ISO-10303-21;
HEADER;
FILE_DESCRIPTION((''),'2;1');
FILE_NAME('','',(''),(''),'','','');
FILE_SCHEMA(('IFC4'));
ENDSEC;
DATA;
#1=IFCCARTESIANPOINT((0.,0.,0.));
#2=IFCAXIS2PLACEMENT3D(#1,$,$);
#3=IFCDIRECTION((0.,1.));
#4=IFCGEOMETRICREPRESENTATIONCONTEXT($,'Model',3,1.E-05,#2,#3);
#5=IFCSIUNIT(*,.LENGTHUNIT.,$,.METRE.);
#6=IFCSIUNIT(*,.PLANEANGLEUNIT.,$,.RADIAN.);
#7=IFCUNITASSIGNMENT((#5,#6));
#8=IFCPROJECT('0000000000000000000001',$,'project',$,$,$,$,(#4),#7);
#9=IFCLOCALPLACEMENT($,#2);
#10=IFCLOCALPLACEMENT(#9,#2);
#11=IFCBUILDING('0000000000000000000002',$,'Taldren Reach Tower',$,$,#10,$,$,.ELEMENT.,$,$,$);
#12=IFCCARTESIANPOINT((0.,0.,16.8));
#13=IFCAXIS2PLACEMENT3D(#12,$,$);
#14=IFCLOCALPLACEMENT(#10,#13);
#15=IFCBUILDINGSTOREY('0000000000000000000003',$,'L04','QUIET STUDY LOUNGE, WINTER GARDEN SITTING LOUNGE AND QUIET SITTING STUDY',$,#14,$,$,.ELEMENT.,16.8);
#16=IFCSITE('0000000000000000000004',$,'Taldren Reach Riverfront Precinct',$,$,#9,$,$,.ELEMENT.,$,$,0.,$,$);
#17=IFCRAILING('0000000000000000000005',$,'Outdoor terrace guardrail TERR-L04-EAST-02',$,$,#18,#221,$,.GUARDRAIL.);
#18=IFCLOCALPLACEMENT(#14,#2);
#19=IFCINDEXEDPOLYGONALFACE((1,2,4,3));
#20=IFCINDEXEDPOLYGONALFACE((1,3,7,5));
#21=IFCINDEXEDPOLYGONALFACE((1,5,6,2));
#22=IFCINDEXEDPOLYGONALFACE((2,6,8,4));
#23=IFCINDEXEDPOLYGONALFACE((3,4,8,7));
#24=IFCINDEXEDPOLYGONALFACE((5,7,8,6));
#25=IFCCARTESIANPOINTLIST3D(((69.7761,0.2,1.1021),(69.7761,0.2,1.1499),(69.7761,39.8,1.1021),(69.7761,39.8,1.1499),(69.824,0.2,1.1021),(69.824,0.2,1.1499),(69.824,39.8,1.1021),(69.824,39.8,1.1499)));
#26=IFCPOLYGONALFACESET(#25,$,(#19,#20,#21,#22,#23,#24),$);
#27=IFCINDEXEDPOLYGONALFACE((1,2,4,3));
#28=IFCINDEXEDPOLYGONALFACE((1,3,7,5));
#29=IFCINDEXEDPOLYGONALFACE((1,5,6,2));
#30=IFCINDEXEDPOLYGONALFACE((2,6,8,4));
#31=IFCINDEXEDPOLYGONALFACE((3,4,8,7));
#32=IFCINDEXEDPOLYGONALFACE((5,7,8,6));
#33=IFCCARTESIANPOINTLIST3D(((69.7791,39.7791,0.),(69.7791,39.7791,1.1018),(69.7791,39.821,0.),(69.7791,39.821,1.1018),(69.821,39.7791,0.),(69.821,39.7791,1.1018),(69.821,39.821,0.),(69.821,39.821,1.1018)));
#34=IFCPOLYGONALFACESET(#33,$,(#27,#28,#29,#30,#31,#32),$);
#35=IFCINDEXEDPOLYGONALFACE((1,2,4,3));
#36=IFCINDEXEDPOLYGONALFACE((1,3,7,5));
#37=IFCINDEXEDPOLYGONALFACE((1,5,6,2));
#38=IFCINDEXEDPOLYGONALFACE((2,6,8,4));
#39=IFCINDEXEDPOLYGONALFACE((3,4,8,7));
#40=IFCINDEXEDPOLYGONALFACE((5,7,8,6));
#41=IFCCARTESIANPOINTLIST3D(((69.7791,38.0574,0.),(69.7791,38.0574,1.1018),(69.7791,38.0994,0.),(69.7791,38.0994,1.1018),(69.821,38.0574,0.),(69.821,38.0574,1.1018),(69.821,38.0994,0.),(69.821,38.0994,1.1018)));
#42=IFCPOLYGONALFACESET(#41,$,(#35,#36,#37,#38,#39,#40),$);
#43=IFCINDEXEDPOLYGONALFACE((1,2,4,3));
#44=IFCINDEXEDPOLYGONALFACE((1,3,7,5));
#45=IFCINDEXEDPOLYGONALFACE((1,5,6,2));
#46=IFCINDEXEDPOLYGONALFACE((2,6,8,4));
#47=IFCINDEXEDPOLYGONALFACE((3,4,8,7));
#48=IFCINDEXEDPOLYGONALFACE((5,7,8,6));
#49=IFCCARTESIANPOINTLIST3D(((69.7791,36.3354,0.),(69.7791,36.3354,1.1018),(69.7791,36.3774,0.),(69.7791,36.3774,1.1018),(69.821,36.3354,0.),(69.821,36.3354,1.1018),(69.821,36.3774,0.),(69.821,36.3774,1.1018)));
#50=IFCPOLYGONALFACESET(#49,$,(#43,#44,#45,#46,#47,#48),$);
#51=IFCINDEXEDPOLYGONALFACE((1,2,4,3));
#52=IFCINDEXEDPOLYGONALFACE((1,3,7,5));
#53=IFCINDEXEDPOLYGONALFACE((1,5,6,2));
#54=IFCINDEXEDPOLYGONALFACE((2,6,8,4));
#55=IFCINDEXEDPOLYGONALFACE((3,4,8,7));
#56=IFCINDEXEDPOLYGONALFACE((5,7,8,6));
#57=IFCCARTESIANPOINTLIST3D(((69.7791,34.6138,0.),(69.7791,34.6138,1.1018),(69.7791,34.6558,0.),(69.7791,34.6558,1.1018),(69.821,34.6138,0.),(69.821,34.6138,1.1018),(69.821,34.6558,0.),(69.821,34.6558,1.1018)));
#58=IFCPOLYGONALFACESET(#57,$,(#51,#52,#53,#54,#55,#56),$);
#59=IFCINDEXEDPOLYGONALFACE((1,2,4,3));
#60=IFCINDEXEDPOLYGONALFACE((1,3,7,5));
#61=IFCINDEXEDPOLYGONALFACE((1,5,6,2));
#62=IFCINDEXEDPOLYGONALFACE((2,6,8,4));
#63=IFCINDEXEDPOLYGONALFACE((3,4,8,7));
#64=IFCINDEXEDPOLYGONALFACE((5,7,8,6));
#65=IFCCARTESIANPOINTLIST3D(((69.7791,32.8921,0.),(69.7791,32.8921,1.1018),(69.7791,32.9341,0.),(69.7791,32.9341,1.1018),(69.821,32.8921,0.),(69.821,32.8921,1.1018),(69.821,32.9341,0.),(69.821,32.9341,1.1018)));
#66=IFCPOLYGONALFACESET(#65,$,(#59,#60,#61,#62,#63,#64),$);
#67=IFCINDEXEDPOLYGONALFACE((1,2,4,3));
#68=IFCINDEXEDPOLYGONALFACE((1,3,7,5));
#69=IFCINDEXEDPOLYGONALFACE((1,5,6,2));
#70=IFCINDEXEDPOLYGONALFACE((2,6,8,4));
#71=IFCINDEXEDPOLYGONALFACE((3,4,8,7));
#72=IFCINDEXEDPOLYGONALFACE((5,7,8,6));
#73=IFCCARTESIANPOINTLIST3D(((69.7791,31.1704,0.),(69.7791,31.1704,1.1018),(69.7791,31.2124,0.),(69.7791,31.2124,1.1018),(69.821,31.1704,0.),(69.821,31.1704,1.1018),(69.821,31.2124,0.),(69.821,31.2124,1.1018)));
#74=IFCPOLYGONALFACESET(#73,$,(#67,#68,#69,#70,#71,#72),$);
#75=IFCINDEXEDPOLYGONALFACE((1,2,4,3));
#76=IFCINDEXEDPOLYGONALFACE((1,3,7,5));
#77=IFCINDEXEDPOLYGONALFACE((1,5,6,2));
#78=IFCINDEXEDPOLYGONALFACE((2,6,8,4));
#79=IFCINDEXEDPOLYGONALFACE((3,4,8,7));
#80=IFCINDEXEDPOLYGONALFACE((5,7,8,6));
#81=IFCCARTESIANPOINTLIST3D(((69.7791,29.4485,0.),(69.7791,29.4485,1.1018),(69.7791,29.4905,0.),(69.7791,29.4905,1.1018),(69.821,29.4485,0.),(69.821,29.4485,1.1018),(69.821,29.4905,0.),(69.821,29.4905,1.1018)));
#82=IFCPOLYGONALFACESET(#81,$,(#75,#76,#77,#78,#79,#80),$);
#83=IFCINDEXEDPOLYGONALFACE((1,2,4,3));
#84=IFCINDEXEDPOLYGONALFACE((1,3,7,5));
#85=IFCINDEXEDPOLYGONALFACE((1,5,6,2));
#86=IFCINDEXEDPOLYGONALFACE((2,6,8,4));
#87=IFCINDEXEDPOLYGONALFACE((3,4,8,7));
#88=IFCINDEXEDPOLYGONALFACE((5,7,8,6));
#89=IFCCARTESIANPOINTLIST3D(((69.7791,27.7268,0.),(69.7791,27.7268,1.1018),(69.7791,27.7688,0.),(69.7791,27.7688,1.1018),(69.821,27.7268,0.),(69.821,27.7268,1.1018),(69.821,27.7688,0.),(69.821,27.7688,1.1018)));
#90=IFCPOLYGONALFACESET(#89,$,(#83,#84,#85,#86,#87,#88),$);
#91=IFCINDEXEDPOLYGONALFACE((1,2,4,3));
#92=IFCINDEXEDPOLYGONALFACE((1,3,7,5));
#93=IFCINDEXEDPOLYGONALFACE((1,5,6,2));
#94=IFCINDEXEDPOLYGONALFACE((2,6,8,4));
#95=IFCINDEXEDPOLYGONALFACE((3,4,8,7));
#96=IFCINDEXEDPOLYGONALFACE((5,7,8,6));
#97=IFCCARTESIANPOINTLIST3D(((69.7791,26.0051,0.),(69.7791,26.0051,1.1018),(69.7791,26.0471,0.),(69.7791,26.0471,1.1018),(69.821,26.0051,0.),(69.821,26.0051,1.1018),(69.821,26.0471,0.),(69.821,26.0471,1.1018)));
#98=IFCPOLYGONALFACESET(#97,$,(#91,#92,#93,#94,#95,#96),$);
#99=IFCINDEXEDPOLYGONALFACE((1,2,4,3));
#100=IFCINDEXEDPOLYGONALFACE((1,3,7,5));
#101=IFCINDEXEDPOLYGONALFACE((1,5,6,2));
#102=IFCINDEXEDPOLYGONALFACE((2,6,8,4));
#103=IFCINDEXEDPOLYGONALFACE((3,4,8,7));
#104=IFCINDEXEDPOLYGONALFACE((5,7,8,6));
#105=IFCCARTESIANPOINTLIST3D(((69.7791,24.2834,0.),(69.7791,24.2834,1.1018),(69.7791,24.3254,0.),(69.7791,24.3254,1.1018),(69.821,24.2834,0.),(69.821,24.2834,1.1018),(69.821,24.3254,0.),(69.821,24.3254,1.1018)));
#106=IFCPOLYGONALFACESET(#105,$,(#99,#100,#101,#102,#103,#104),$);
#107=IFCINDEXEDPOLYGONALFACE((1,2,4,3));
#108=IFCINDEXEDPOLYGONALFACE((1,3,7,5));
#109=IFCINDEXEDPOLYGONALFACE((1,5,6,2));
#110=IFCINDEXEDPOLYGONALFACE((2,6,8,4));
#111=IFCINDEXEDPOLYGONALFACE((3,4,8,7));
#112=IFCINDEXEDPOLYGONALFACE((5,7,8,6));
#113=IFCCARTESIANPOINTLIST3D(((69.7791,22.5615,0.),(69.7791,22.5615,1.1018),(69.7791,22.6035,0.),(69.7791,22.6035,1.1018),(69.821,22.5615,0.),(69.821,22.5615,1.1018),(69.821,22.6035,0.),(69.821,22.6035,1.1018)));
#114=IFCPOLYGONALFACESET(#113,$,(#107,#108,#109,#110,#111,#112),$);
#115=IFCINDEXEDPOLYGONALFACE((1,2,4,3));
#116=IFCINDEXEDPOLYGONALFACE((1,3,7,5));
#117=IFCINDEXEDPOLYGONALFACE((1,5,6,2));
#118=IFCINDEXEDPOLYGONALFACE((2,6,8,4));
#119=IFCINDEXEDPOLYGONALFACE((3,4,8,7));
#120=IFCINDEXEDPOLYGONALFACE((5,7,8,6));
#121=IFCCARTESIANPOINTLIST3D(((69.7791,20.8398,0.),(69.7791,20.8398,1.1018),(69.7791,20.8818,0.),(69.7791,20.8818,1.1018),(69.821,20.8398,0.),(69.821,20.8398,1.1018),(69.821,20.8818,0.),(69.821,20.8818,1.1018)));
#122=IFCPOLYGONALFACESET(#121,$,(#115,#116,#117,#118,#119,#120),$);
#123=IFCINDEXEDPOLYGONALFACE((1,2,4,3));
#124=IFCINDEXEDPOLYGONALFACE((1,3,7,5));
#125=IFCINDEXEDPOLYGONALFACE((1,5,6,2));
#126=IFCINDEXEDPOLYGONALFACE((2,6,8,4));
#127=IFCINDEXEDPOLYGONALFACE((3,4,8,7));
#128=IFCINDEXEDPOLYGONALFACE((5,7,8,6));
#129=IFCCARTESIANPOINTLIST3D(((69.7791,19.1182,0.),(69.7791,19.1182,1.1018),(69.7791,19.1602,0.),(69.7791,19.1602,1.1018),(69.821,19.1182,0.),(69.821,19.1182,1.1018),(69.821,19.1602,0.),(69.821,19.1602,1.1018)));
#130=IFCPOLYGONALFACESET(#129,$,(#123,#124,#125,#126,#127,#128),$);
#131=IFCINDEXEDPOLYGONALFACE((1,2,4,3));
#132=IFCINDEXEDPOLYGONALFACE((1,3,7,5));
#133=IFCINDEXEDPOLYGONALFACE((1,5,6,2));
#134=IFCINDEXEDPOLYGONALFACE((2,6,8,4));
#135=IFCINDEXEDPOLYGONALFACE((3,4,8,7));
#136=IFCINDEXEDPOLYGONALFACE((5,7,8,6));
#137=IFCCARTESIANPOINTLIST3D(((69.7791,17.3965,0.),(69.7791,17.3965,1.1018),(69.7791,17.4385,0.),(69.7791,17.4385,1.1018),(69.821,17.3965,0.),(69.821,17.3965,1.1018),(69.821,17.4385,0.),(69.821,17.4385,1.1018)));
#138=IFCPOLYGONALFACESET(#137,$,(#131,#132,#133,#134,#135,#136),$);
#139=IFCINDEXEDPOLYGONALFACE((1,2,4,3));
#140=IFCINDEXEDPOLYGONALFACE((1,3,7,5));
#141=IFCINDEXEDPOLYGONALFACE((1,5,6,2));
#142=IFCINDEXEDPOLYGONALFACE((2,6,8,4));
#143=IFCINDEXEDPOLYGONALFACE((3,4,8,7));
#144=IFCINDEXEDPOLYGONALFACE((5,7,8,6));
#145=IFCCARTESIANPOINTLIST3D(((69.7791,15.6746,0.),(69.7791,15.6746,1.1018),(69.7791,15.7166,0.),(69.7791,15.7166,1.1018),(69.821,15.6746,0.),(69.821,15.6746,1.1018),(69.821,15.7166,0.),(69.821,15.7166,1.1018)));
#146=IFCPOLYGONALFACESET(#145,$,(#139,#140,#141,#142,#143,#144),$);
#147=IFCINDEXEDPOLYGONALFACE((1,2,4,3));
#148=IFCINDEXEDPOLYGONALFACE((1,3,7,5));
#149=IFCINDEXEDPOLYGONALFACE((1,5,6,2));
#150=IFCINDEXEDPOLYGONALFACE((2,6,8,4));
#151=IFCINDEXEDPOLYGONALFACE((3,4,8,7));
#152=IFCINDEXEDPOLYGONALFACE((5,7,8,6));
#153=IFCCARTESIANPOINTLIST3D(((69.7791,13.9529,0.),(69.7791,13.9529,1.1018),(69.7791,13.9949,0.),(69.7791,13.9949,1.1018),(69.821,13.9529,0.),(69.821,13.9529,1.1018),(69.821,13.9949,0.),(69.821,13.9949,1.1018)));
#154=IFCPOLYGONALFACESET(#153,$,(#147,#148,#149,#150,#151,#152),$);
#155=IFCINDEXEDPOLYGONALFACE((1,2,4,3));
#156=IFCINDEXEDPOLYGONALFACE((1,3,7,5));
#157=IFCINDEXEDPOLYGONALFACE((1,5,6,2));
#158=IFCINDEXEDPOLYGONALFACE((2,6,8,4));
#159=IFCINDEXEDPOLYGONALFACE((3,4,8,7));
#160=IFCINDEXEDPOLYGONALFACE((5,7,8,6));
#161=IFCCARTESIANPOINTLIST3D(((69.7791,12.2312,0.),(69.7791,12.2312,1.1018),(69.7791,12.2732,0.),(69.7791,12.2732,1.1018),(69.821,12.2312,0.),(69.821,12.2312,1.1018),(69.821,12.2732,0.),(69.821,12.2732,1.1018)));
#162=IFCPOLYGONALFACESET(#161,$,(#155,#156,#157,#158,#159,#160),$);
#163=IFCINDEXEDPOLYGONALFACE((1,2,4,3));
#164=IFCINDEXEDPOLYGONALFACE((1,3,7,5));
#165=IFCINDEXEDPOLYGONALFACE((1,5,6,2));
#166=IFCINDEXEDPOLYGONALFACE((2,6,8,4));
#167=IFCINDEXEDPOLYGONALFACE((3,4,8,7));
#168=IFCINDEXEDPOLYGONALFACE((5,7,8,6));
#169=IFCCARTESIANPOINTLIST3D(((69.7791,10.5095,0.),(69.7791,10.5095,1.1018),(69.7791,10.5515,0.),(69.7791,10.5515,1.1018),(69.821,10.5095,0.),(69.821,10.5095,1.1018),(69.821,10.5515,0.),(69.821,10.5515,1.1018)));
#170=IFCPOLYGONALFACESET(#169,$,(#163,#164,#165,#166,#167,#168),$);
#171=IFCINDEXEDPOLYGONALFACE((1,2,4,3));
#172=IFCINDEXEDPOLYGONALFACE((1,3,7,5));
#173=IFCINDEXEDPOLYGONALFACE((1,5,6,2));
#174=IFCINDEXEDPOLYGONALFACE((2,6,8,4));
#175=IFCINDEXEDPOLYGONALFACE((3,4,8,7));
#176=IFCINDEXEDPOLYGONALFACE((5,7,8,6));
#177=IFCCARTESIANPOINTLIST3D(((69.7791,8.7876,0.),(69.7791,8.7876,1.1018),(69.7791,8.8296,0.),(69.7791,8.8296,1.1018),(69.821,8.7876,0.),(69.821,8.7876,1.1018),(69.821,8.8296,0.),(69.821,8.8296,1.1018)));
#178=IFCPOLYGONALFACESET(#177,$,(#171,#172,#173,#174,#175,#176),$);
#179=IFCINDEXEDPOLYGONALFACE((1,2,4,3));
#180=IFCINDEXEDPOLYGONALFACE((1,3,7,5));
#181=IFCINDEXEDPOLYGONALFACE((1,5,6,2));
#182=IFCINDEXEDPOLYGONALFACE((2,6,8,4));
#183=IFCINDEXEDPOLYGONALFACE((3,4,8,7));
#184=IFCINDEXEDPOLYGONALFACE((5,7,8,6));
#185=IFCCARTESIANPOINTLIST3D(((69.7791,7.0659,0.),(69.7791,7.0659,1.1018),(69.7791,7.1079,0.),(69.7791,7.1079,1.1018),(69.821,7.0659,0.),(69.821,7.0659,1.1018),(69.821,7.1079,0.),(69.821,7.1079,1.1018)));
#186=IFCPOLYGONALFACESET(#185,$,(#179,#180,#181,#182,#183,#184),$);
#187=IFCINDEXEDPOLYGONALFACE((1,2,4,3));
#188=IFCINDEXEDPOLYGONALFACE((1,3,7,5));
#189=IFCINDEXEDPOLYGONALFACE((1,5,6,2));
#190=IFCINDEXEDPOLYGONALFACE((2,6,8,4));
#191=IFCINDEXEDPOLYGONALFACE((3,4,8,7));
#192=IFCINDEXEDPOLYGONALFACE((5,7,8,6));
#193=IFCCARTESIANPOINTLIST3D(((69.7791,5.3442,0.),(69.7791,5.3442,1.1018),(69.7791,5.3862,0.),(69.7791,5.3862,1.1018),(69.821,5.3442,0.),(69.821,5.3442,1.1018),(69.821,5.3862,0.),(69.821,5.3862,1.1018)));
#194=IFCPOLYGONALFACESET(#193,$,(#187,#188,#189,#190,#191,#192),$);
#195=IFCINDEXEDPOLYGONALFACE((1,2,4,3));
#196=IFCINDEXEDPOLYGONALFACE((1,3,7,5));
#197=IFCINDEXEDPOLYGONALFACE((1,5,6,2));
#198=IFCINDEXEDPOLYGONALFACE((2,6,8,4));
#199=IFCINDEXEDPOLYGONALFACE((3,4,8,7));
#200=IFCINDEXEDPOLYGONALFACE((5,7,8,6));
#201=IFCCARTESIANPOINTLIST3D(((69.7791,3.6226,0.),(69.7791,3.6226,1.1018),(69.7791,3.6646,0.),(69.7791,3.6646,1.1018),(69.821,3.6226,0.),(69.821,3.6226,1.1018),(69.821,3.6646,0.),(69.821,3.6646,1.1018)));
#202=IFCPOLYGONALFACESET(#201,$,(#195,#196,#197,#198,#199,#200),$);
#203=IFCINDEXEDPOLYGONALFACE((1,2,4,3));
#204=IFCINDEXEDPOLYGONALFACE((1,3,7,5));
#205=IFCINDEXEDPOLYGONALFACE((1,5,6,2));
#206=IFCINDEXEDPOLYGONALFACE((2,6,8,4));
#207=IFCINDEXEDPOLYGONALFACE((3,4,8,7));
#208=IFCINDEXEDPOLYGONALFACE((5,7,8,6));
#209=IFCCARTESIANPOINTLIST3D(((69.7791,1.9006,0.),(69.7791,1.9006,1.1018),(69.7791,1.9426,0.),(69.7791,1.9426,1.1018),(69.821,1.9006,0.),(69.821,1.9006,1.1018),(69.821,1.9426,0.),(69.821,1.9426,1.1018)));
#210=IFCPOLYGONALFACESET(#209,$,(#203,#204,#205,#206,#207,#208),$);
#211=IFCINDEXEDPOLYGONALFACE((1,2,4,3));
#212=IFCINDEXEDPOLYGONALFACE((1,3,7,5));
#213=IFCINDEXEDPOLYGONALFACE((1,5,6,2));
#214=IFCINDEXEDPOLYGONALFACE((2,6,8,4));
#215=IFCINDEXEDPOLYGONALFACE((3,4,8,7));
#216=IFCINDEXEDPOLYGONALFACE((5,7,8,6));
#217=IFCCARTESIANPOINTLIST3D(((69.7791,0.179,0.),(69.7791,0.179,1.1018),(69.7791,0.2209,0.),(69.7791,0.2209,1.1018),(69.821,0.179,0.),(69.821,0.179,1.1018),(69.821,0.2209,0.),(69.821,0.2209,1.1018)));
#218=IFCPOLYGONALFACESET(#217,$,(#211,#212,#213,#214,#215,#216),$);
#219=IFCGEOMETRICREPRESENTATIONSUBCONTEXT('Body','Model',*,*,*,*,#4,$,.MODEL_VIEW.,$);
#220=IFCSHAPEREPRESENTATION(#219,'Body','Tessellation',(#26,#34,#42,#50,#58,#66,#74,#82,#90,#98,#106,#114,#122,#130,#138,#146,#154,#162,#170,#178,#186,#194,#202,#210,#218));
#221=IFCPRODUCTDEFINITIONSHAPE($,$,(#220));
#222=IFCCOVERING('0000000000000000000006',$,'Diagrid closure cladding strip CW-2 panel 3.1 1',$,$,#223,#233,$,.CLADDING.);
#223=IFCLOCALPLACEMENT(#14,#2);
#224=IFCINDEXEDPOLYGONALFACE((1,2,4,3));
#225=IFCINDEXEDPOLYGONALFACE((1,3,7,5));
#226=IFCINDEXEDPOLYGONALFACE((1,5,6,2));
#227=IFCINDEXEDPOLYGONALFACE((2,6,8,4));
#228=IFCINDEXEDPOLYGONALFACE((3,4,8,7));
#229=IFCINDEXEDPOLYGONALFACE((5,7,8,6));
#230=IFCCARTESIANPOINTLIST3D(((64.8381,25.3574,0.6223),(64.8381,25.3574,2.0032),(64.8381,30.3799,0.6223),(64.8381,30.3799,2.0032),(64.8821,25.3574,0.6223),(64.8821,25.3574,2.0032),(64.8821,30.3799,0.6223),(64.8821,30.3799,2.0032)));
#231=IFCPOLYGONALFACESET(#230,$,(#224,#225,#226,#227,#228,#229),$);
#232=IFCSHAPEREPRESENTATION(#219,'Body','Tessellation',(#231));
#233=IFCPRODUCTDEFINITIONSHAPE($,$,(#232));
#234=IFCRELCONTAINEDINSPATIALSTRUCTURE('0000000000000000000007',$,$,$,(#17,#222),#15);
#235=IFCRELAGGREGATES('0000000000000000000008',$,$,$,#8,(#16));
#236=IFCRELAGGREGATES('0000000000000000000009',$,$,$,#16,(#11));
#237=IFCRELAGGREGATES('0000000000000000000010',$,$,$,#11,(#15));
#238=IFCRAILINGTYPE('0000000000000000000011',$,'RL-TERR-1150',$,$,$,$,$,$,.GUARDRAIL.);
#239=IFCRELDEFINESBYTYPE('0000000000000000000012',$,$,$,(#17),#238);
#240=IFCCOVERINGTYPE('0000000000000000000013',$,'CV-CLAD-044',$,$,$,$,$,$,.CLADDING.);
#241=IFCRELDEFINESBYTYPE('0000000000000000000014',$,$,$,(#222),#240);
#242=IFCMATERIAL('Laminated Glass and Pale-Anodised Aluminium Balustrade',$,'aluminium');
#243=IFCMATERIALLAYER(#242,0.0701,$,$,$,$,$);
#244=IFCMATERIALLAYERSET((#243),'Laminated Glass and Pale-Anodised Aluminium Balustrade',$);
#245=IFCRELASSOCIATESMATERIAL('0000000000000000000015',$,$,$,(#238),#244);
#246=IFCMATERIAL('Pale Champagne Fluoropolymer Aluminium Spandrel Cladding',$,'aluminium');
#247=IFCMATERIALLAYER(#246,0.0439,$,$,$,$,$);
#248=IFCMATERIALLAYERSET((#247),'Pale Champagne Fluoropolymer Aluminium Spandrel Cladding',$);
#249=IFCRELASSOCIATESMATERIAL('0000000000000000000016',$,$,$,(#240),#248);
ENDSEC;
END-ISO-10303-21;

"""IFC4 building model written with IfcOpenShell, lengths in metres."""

from ifc_helpers import new_model, si_unit, direction, frame, origin, origin_2d, place, context, subcontext, project, spatial, rectangle, extrude, source, transform, mapped, material, layer, layer_set, type_object, element, save


model = new_model("IFC4")

# Units and contexts
model_context = context("Model", 3, precision=1e-05, world=origin(), true_north=direction((0.0, 1.0)))
body_context = subcontext(model_context, "Body", "Model", "MODEL_VIEW")
ifc_project = project(units=[si_unit("LENGTHUNIT", "METRE"), si_unit("PLANEANGLEUNIT", "RADIAN")], contexts=[model_context])

# Site, building, storey
site_placement = place(None, origin())
site = spatial("IfcSite", under=ifc_project, at=site_placement, Name="Taldren Reach Riverfront Precinct", CompositionType="ELEMENT", RefElevation=0.0)
building_placement = place(site_placement, origin())
building = spatial("IfcBuilding", under=site, at=building_placement, Name="Taldren Reach Tower", CompositionType="ELEMENT")
storey_placement = place(building_placement, frame((0.0, 0.0, 16.8)))
storey = spatial("IfcBuildingStorey", under=building, at=storey_placement, Name="L04", Description="QUIET STUDY LOUNGE, WINTER GARDEN SITTING LOUNGE AND QUIET SITTING STUDY", CompositionType="ELEMENT", Elevation=16.8)

# Railing
ifc_material_1 = material(Name="Laminated Glass and Pale-Anodised Aluminium Balustrade", Category="aluminium")
ifc_layer_1 = layer(ifc_material_1, 0.0701)
ifc_layer_set_1 = layer_set([ifc_layer_1], Name="Laminated Glass and Pale-Anodised Aluminium Balustrade")
railing_type = type_object("IfcRailingType", Name="RL-TERR-1150", PredefinedType="GUARDRAIL", material=ifc_layer_set_1)
railing_placement = place(storey_placement, frame((69.8, 39.8, 0.0)))
element("IfcRailing", 1, at=railing_placement, inside=storey, type_object=railing_type, Name="Outdoor terrace guardrail TERR-L04-EAST-02", PredefinedType="GUARDRAIL", context=body_context, shape_type="SweptSolid", body=[
    extrude(rectangle(XDim=0.0479, YDim=0.0479, at=origin_2d()), frame((0.0, 0.0, 1.126), z_axis=(0.0, -1.0, 0.0), x_axis=(1.0, 0.0, 0.0)), (0.0, 0.0, 1.0), 39.6001),
    extrude(rectangle(XDim=0.042, YDim=0.042, at=origin_2d()), origin(), (0.0, 0.0, 1.0), 1.1018),
    extrude(rectangle(XDim=0.042, YDim=0.042, at=origin_2d()), frame((0.0, -1.7217, 0.0)), (0.0, 0.0, 1.0), 1.1018),
    extrude(rectangle(XDim=0.042, YDim=0.042, at=origin_2d()), frame((0.0, -3.4436, 0.0)), (0.0, 0.0, 1.0), 1.1018),
    extrude(rectangle(XDim=0.042, YDim=0.042, at=origin_2d()), frame((0.0, -5.1653, 0.0)), (0.0, 0.0, 1.0), 1.1018),
    extrude(rectangle(XDim=0.042, YDim=0.042, at=origin_2d()), frame((0.0, -6.887, 0.0)), (0.0, 0.0, 1.0), 1.1018),
    extrude(rectangle(XDim=0.042, YDim=0.042, at=origin_2d()), frame((0.0, -8.6086, 0.0)), (0.0, 0.0, 1.0), 1.1018),
    extrude(rectangle(XDim=0.042, YDim=0.042, at=origin_2d()), frame((0.0, -10.3306, 0.0)), (0.0, 0.0, 1.0), 1.1018),
    extrude(rectangle(XDim=0.042, YDim=0.042, at=origin_2d()), frame((0.0, -12.0522, 0.0)), (0.0, 0.0, 1.0), 1.1018),
    extrude(rectangle(XDim=0.042, YDim=0.042, at=origin_2d()), frame((0.0, -13.7739, 0.0)), (0.0, 0.0, 1.0), 1.1018),
    extrude(rectangle(XDim=0.042, YDim=0.042, at=origin_2d()), frame((0.0, -15.4956, 0.0)), (0.0, 0.0, 1.0), 1.1018),
    extrude(rectangle(XDim=0.042, YDim=0.042, at=origin_2d()), frame((0.0, -17.2175, 0.0)), (0.0, 0.0, 1.0), 1.1018),
    extrude(rectangle(XDim=0.042, YDim=0.042, at=origin_2d()), frame((0.0, -18.9392, 0.0)), (0.0, 0.0, 1.0), 1.1018),
    extrude(rectangle(XDim=0.042, YDim=0.042, at=origin_2d()), frame((0.0, -20.6609, 0.0)), (0.0, 0.0, 1.0), 1.1018),
    extrude(rectangle(XDim=0.042, YDim=0.042, at=origin_2d()), frame((0.0, -22.3826, 0.0)), (0.0, 0.0, 1.0), 1.1018),
    extrude(rectangle(XDim=0.042, YDim=0.042, at=origin_2d()), frame((0.0, -24.1045, 0.0)), (0.0, 0.0, 1.0), 1.1018),
    extrude(rectangle(XDim=0.042, YDim=0.042, at=origin_2d()), frame((0.0, -25.8262, 0.0)), (0.0, 0.0, 1.0), 1.1018),
    extrude(rectangle(XDim=0.042, YDim=0.042, at=origin_2d()), frame((0.0, -27.5479, 0.0)), (0.0, 0.0, 1.0), 1.1018),
    extrude(rectangle(XDim=0.042, YDim=0.042, at=origin_2d()), frame((0.0, -29.2695, 0.0)), (0.0, 0.0, 1.0), 1.1018),
    extrude(rectangle(XDim=0.042, YDim=0.042, at=origin_2d()), frame((0.0, -30.9915, 0.0)), (0.0, 0.0, 1.0), 1.1018),
    extrude(rectangle(XDim=0.042, YDim=0.042, at=origin_2d()), frame((0.0, -32.7131, 0.0)), (0.0, 0.0, 1.0), 1.1018),
    extrude(rectangle(XDim=0.042, YDim=0.042, at=origin_2d()), frame((0.0, -34.4348, 0.0)), (0.0, 0.0, 1.0), 1.1018),
    extrude(rectangle(XDim=0.042, YDim=0.042, at=origin_2d()), frame((0.0, -36.1565, 0.0)), (0.0, 0.0, 1.0), 1.1018),
    extrude(rectangle(XDim=0.042, YDim=0.042, at=origin_2d()), frame((0.0, -37.8784, 0.0)), (0.0, 0.0, 1.0), 1.1018),
    extrude(rectangle(XDim=0.042, YDim=0.042, at=origin_2d()), frame((0.0, -39.6001, 0.0)), (0.0, 0.0, 1.0), 1.1018),
])

# Covering
ifc_material_2 = material(Name="Pale Champagne Fluoropolymer Aluminium Spandrel Cladding", Category="aluminium")
ifc_layer_2 = layer(ifc_material_2, 0.0439)
ifc_layer_set_2 = layer_set([ifc_layer_2], Name="Pale Champagne Fluoropolymer Aluminium Spandrel Cladding")
covering_type = type_object("IfcCoveringType", Name="CV-CLAD-044", PredefinedType="CLADDING", material=ifc_layer_set_2)
shared_shape_1 = source(origin(), body_context, "Body", "SweptSolid", [
    extrude(rectangle(XDim=5.0225, YDim=0.0439, at=origin_2d()), origin(), (0.0, 0.0, 1.0), 1.3809),
])
covering_1_placement = place(storey_placement, frame((64.8601, 27.8687, 0.6223), z_axis=(0.0, 0.0, 1.0), x_axis=(0.0, 1.0, 0.0)))
element("IfcCovering", 2, at=covering_1_placement, inside=storey, type_object=covering_type, Name="Diagrid closure cladding strip CW-2 panel 3.1 1", PredefinedType="CLADDING", context=body_context, shape_type="MappedRepresentation", body=[
    mapped(shared_shape_1, transform((0.0, 0.0, 0.0), scale=1.0)),
])

save(model, "model.ifc")
